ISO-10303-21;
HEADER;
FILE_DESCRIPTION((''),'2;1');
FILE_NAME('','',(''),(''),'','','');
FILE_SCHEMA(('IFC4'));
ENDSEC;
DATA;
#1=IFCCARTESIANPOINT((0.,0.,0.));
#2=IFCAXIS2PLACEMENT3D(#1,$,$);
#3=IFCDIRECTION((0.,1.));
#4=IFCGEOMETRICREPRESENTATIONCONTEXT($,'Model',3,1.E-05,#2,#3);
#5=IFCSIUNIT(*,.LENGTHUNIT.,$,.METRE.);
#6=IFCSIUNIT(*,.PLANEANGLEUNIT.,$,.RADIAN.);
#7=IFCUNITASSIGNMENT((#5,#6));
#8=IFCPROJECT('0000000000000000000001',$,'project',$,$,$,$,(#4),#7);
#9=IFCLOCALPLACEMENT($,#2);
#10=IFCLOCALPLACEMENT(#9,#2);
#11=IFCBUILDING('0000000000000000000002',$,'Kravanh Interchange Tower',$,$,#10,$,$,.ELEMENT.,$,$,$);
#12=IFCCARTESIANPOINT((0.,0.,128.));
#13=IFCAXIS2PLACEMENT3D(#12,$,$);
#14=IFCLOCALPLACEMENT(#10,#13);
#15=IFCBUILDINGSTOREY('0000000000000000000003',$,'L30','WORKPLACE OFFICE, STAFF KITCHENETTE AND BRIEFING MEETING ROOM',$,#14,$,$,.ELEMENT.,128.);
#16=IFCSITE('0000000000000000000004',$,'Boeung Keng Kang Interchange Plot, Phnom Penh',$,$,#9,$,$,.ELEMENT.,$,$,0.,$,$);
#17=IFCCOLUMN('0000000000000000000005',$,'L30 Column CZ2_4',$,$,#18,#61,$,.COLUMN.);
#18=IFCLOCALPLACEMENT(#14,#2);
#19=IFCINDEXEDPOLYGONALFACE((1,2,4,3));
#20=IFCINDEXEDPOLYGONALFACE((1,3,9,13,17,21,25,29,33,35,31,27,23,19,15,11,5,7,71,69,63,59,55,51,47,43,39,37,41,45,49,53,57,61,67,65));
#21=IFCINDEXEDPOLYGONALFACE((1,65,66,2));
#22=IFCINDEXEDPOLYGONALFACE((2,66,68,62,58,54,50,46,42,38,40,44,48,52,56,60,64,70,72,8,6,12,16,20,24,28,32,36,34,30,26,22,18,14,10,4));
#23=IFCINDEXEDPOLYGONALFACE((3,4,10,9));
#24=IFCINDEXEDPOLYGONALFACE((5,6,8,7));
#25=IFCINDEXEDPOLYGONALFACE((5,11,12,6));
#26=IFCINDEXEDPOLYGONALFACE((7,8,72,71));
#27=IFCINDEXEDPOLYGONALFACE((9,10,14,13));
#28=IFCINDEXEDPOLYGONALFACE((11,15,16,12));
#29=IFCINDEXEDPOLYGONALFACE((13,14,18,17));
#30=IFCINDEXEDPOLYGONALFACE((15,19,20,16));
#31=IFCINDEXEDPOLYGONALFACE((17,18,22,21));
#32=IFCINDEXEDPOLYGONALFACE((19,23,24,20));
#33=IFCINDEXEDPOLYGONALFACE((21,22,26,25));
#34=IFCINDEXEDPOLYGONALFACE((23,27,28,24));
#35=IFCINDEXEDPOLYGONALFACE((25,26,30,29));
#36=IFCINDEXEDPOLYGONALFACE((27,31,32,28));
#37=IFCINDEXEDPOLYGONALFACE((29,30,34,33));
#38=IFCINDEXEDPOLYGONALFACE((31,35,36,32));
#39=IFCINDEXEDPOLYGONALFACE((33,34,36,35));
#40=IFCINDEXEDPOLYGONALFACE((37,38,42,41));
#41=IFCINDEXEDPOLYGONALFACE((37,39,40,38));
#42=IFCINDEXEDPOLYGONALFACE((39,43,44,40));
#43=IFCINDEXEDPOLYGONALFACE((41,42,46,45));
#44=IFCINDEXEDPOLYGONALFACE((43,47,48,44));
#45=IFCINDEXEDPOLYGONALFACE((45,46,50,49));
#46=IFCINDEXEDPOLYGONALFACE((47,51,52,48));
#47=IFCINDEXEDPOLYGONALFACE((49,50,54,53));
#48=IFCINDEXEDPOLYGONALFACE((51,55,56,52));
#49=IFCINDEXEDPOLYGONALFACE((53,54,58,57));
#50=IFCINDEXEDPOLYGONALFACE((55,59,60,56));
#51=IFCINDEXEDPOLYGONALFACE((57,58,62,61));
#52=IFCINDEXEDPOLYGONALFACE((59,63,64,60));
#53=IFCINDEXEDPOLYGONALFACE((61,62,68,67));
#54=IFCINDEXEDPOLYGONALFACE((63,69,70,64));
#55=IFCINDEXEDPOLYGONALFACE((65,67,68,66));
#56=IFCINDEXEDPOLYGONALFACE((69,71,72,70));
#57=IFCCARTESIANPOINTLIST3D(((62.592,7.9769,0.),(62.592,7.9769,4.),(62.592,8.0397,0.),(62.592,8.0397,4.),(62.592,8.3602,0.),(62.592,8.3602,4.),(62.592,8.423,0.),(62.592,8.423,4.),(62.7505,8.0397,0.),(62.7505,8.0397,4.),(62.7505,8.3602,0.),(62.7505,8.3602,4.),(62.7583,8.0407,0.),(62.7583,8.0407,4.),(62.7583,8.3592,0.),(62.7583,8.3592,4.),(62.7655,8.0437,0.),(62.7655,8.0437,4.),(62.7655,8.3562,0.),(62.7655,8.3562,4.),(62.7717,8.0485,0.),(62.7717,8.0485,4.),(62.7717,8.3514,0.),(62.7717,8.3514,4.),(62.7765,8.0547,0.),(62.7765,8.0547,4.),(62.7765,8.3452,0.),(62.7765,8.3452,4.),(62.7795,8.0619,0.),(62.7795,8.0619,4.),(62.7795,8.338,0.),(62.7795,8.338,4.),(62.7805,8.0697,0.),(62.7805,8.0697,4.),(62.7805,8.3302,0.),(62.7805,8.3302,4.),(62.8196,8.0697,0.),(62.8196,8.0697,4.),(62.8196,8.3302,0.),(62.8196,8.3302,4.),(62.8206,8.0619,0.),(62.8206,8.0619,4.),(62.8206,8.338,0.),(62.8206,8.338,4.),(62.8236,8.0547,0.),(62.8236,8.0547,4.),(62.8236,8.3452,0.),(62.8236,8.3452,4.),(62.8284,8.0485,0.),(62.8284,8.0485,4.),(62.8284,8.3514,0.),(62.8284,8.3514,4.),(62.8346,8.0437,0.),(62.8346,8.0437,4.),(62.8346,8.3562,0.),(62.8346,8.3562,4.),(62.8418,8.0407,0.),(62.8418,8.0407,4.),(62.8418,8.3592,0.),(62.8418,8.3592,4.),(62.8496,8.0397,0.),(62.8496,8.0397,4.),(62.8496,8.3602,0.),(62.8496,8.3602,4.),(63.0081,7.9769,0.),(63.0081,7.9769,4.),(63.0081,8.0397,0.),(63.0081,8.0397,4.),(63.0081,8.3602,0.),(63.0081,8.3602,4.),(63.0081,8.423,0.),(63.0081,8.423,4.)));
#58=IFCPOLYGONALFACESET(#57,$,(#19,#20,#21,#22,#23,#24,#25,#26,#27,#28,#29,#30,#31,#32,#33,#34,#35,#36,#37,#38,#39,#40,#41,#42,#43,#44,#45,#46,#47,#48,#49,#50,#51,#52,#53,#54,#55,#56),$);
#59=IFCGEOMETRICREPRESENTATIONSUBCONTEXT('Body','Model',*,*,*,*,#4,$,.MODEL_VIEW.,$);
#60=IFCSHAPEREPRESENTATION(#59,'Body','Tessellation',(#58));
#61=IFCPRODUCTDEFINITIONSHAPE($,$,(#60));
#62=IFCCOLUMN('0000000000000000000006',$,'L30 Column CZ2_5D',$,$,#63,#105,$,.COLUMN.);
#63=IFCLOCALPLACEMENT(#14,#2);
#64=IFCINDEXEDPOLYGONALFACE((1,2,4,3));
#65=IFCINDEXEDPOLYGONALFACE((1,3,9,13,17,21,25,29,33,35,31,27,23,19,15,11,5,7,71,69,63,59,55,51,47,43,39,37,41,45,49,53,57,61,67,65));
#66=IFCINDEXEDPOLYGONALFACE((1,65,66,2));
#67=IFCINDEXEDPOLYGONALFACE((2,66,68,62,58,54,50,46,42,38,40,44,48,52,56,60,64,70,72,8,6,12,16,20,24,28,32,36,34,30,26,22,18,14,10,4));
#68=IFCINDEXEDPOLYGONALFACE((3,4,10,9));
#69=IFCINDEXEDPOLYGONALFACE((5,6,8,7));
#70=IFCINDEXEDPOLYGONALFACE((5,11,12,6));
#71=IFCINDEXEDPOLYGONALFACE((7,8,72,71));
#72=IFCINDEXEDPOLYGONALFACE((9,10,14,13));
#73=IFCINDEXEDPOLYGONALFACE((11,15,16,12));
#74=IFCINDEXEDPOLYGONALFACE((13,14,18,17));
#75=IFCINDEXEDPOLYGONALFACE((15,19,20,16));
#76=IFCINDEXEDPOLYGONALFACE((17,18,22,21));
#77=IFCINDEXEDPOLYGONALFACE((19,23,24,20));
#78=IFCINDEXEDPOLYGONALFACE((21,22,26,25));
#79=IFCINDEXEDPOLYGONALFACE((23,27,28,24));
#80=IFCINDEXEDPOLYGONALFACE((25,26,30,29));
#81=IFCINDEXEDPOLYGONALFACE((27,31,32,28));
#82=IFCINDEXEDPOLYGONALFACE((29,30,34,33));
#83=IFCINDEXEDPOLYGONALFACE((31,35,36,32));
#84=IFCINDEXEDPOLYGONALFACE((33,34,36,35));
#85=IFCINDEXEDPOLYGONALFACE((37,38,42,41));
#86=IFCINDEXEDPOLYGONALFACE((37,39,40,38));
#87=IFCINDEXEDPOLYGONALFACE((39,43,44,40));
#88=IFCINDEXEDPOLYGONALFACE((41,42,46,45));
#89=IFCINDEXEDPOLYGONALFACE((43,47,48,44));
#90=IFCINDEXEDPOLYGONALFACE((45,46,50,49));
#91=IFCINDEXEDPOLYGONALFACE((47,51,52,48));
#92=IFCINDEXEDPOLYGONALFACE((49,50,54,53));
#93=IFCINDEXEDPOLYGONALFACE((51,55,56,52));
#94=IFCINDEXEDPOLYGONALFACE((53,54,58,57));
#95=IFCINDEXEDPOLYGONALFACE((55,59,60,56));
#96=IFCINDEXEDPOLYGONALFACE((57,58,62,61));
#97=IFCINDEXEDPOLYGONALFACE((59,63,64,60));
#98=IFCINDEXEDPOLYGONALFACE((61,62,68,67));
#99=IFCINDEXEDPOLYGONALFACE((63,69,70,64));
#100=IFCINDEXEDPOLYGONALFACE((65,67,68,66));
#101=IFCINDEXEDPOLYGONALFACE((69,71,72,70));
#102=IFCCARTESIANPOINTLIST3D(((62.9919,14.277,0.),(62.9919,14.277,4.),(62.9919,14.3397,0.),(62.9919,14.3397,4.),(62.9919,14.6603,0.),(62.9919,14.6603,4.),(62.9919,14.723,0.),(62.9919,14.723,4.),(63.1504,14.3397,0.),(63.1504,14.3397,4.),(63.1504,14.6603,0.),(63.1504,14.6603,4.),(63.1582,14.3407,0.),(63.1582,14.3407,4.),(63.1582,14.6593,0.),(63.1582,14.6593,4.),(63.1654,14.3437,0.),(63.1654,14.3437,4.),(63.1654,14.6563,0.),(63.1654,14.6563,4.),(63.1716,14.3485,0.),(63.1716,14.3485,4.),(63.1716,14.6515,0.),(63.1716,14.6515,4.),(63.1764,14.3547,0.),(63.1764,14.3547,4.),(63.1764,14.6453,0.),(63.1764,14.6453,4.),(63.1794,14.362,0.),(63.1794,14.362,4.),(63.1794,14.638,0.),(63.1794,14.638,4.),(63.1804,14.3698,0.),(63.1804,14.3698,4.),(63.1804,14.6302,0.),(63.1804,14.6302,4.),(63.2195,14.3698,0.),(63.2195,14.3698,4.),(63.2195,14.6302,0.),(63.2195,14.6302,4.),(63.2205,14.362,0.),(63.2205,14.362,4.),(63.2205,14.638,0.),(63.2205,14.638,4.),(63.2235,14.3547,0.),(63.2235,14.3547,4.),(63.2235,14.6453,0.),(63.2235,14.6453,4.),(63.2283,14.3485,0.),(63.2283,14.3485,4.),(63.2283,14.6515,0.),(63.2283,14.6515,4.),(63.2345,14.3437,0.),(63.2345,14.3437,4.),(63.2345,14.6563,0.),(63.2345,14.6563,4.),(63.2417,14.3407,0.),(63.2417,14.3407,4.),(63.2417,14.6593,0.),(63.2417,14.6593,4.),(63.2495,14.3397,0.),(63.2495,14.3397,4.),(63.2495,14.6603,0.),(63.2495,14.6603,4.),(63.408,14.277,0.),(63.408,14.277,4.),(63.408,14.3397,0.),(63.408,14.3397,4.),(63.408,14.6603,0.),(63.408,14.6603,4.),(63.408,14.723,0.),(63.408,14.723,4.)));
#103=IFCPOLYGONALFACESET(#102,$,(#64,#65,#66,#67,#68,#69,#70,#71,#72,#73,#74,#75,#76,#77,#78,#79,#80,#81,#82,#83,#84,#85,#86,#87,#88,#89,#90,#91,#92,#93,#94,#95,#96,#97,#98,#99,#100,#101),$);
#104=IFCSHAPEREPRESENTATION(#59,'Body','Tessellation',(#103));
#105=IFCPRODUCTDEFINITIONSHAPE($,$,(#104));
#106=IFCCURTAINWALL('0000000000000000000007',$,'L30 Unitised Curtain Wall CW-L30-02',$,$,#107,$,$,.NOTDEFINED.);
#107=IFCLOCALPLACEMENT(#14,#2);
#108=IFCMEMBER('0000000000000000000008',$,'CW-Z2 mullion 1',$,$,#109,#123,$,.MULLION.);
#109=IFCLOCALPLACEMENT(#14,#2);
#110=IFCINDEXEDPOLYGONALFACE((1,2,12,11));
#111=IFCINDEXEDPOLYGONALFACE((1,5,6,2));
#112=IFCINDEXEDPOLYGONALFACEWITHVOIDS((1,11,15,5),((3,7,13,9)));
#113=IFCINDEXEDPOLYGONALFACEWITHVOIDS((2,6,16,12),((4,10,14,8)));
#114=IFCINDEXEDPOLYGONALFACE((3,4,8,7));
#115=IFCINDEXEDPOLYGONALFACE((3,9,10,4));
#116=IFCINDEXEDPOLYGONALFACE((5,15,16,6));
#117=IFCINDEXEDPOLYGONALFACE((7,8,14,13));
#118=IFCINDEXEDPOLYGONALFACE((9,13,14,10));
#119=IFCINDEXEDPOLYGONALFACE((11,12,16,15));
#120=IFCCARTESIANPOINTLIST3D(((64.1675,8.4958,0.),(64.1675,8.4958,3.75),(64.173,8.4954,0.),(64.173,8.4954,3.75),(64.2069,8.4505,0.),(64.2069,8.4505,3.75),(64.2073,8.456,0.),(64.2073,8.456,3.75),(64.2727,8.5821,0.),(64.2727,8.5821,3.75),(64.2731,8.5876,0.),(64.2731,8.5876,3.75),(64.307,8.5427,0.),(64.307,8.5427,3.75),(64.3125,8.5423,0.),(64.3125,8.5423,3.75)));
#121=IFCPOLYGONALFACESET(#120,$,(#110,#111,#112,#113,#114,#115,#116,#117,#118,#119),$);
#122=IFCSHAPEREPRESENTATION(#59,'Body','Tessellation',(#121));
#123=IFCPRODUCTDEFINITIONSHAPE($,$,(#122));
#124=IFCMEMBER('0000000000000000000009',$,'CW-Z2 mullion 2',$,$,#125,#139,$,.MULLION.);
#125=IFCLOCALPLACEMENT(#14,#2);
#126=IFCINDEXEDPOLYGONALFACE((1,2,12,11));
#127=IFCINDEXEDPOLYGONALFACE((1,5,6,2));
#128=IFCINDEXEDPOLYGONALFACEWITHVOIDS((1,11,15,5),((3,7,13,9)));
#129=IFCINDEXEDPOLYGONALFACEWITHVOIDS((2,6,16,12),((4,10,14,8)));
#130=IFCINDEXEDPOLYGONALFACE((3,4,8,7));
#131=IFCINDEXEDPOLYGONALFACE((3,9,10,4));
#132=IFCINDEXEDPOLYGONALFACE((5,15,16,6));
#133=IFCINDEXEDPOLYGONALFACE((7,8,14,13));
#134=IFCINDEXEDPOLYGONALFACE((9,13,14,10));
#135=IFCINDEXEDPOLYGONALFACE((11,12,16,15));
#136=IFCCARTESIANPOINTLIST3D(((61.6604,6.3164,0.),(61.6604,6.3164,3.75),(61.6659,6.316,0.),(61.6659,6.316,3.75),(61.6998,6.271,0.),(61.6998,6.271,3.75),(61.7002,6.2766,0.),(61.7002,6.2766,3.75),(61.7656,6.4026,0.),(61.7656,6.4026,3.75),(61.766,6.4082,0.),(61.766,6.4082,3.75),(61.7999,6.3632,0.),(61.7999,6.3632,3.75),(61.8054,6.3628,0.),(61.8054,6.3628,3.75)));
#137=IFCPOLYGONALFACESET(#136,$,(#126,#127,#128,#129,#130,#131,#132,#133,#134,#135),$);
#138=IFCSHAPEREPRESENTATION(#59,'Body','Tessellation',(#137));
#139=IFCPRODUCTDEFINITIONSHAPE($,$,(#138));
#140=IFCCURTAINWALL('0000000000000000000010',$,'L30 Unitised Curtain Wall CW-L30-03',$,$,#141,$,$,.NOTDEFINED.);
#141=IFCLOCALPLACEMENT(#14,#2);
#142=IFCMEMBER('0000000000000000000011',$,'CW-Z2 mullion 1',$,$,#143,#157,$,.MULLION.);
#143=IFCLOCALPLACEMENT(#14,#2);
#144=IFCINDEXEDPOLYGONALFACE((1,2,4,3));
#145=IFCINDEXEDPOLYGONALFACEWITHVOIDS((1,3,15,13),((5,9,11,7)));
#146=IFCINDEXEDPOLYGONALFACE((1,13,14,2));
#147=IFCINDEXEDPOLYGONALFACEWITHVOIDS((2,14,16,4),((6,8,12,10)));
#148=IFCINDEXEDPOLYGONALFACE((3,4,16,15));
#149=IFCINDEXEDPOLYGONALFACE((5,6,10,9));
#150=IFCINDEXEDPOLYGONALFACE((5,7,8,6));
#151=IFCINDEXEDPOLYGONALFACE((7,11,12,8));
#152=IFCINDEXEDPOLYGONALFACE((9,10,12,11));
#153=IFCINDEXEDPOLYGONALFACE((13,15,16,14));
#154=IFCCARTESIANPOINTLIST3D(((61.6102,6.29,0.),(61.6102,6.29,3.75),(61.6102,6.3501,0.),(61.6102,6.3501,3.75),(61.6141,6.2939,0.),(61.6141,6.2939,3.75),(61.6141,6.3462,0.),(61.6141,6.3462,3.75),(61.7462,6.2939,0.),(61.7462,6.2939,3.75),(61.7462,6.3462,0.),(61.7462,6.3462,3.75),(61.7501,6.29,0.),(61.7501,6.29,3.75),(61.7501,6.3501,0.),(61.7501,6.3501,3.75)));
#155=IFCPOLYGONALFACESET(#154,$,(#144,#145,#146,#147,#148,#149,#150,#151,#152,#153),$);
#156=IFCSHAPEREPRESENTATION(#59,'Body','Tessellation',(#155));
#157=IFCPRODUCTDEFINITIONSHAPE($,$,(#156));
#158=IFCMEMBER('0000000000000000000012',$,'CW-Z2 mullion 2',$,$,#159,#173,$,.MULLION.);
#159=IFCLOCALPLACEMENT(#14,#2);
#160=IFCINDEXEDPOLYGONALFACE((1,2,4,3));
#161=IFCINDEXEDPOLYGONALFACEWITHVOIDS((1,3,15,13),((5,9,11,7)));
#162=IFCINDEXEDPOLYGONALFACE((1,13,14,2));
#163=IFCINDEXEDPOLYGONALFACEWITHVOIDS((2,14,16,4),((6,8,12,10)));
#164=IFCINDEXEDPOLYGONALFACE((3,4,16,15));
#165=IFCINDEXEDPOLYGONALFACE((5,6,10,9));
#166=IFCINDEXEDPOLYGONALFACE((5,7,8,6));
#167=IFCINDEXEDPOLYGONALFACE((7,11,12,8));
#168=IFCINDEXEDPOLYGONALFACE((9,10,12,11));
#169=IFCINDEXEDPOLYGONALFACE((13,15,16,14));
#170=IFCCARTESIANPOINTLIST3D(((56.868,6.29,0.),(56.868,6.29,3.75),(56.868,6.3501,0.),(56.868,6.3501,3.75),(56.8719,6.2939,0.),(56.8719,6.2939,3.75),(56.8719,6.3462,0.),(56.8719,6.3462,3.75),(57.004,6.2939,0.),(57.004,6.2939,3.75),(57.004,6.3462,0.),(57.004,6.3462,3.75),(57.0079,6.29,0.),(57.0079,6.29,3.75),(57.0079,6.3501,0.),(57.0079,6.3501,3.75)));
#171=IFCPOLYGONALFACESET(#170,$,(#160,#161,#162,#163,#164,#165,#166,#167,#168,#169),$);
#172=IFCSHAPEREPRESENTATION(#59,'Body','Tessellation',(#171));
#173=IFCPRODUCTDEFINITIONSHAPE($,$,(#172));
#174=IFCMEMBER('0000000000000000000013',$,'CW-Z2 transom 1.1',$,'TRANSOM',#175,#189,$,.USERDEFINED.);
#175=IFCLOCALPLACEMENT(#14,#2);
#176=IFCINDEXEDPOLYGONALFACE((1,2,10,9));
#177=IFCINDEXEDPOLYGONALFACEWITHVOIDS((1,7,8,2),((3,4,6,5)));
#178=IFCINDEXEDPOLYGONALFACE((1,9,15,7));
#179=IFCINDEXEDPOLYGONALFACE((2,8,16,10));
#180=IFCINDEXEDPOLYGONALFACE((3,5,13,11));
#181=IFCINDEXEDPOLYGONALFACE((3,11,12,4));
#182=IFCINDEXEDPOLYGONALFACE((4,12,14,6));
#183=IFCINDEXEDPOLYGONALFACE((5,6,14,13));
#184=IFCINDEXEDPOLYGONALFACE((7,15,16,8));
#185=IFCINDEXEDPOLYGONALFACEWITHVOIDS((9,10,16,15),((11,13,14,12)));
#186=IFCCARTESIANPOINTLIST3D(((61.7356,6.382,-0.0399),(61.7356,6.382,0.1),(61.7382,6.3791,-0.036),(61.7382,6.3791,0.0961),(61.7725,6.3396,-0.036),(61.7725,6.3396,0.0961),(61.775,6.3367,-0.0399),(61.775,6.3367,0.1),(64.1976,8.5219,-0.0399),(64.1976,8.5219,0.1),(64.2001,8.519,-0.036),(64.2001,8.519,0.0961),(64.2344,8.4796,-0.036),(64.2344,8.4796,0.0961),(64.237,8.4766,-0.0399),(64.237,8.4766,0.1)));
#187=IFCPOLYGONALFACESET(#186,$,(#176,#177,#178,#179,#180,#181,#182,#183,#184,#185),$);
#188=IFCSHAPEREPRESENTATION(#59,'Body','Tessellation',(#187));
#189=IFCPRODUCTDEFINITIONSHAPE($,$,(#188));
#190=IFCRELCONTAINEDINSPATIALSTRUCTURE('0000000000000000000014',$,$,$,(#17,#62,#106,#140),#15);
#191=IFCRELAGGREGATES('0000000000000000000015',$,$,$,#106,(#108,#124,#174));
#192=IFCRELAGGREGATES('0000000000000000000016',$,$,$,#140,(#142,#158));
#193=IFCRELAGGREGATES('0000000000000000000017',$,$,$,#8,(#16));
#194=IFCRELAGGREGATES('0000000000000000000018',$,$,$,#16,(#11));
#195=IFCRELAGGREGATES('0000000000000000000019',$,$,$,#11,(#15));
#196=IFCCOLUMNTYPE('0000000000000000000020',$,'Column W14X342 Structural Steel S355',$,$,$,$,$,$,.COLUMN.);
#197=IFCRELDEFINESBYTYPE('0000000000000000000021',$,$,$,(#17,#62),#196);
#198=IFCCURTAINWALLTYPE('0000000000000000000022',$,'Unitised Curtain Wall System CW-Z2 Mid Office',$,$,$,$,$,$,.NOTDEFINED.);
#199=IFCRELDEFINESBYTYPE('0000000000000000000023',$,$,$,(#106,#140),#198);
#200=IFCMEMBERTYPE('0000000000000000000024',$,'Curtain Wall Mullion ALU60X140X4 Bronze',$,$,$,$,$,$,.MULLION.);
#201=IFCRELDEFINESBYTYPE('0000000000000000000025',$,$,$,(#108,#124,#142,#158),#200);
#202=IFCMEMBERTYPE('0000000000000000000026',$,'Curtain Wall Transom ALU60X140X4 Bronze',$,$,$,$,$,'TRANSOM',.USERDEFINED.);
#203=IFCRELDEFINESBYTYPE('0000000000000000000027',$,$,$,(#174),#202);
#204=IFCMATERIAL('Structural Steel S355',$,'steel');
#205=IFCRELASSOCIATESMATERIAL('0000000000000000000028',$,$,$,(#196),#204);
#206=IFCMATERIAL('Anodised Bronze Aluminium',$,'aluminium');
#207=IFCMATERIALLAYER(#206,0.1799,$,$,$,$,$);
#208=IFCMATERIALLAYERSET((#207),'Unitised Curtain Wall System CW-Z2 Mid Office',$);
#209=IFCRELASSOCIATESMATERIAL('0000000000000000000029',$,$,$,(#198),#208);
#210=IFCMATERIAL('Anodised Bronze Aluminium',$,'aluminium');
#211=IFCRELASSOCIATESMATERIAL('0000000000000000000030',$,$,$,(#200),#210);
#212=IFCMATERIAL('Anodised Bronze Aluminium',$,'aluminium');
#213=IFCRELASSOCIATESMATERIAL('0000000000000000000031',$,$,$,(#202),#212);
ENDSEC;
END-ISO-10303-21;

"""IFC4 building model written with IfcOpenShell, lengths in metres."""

from ifc_helpers import new_model, si_unit, direction, frame, origin, origin_2d, place, context, subcontext, project, spatial, hollow_rectangle, i_section, extrude, material, layer, layer_set, material_profile, profile_set, type_object, element, aggregate, save


model = new_model("IFC4")

# Units and contexts
model_context = context("Model", 3, precision=1e-05, world=origin(), true_north=direction((0.0, 1.0)))
body_context = subcontext(model_context, "Body", "Model", "MODEL_VIEW")
ifc_project = project(units=[si_unit("LENGTHUNIT", "METRE"), si_unit("PLANEANGLEUNIT", "RADIAN")], contexts=[model_context])

# Site, building, storey
site_placement = place(None, origin())
site = spatial("IfcSite", under=ifc_project, at=site_placement, Name="Boeung Keng Kang Interchange Plot, Phnom Penh", CompositionType="ELEMENT", RefElevation=0.0)
building_placement = place(site_placement, origin())
building = spatial("IfcBuilding", under=site, at=building_placement, Name="Kravanh Interchange Tower", CompositionType="ELEMENT")
storey_placement = place(building_placement, frame((0.0, 0.0, 128.0)))
storey = spatial("IfcBuildingStorey", under=building, at=storey_placement, Name="L30", Description="WORKPLACE OFFICE, STAFF KITCHENETTE AND BRIEFING MEETING ROOM", CompositionType="ELEMENT", Elevation=128.0)

# Columns
ifc_material_1 = material(Name="Structural Steel S355", Category="steel")
ifc_material_profile_1 = material_profile(ifc_material_1, i_section(OverallWidth=0.416, OverallDepth=0.446, WebThickness=0.0391, FlangeThickness=0.0627, FilletRadius=0.03, at=origin_2d()), Name="W14X342")
ifc_profile_set_1 = profile_set([ifc_material_profile_1], Name="Structural Steel S355")
column_type = type_object("IfcColumnType", Name="Column W14X342 Structural Steel S355", PredefinedType="COLUMN", material=ifc_profile_set_1)
for number, where, z_axis, x_axis, name in (
    (1, (62.8, 8.2, 0.0), (0.0, 0.0, 1.0), (1.0, 0.0, 0.0), "L30 Column CZ2_4"),
    (2, (63.2, 14.5, 0.0), (0.0, 0.0, 1.0), (1.0, 0.0, 0.0), "L30 Column CZ2_5D"),
):
    element("IfcColumn", number, at=place(storey_placement, frame(where, z_axis=z_axis, x_axis=x_axis)), inside=storey, type_object=column_type, Name=name, PredefinedType="COLUMN", context=body_context, shape_type="SweptSolid", body=[
        extrude(i_section(OverallWidth=0.416, OverallDepth=0.446, WebThickness=0.0391, FlangeThickness=0.0627, FilletRadius=0.03, at=origin_2d()), origin(), (0.0, 0.0, 1.0), 4.0),
    ])

# Curtain walls, members
ifc_material_2 = material(Name="Anodised Bronze Aluminium", Category="aluminium")
ifc_layer_1 = layer(ifc_material_2, 0.1799)
ifc_layer_set_1 = layer_set([ifc_layer_1], Name="Unitised Curtain Wall System CW-Z2 Mid Office")
curtain_wall_type = type_object("IfcCurtainWallType", Name="Unitised Curtain Wall System CW-Z2 Mid Office", PredefinedType="NOTDEFINED", material=ifc_layer_set_1)
curtain_wall_1_placement = place(storey_placement, origin())
curtain_wall_1 = element("IfcCurtainWall", 3, at=curtain_wall_1_placement, inside=storey, type_object=curtain_wall_type, Name="L30 Unitised Curtain Wall CW-L30-02", PredefinedType="NOTDEFINED")
ifc_material_3 = material(Name="Anodised Bronze Aluminium", Category="aluminium")
ifc_material_profile_2 = material_profile(ifc_material_3, hollow_rectangle(XDim=0.0601, YDim=0.1399, WallThickness=0.0039, at=origin_2d()), Name="ALU60X140X4")
ifc_profile_set_2 = profile_set([ifc_material_profile_2], Name="Anodised Bronze Aluminium")
member_type_1 = type_object("IfcMemberType", Name="Curtain Wall Mullion ALU60X140X4 Bronze", PredefinedType="MULLION", material=ifc_profile_set_2)
member_1_placement = place(storey_placement, frame((64.24, 8.519, 0.0), z_axis=(0.0, 0.0, 1.0), x_axis=(0.656048, -0.754719, 0.0)))
member_1 = element("IfcMember", 4, at=member_1_placement, type_object=member_type_1, Name="CW-Z2 mullion 1", PredefinedType="MULLION", context=body_context, shape_type="SweptSolid", body=[
    extrude(hollow_rectangle(XDim=0.0601, YDim=0.1399, WallThickness=0.0039, at=origin_2d()), origin(), (0.0, 0.0, 1.0), 3.75),
])
member_2_placement = place(storey_placement, frame((61.7329, 6.3396, 0.0), z_axis=(0.0, 0.0, 1.0), x_axis=(0.656048, -0.754719, 0.0)))
member_2 = element("IfcMember", 5, at=member_2_placement, type_object=member_type_1, Name="CW-Z2 mullion 2", PredefinedType="MULLION", context=body_context, shape_type="SweptSolid", body=[
    extrude(hollow_rectangle(XDim=0.0601, YDim=0.1399, WallThickness=0.0039, at=origin_2d()), origin(), (0.0, 0.0, 1.0), 3.75),
])
curtain_wall_2_placement = place(storey_placement, origin())
curtain_wall_2 = element("IfcCurtainWall", 6, at=curtain_wall_2_placement, inside=storey, type_object=curtain_wall_type, Name="L30 Unitised Curtain Wall CW-L30-03", PredefinedType="NOTDEFINED")
member_3_placement = place(storey_placement, frame((61.6802, 6.3201, 0.0), z_axis=(0.0, 0.0, 1.0), x_axis=(0.0, -1.0, 0.0)))
member_3 = element("IfcMember", 7, at=member_3_placement, type_object=member_type_1, Name="CW-Z2 mullion 1", PredefinedType="MULLION", context=body_context, shape_type="SweptSolid", body=[
    extrude(hollow_rectangle(XDim=0.0601, YDim=0.1399, WallThickness=0.0039, at=origin_2d()), origin(), (0.0, 0.0, 1.0), 3.75),
])
member_4_placement = place(storey_placement, frame((56.938, 6.3201, 0.0), z_axis=(0.0, 0.0, 1.0), x_axis=(0.0, -1.0, 0.0)))
member_4 = element("IfcMember", 8, at=member_4_placement, type_object=member_type_1, Name="CW-Z2 mullion 2", PredefinedType="MULLION", context=body_context, shape_type="SweptSolid", body=[
    extrude(hollow_rectangle(XDim=0.0601, YDim=0.1399, WallThickness=0.0039, at=origin_2d()), origin(), (0.0, 0.0, 1.0), 3.75),
])

# Member
ifc_material_4 = material(Name="Anodised Bronze Aluminium", Category="aluminium")
ifc_material_profile_3 = material_profile(ifc_material_4, hollow_rectangle(XDim=0.0601, YDim=0.1399, WallThickness=0.0039, at=origin_2d()), Name="ALU60X140X4")
ifc_profile_set_3 = profile_set([ifc_material_profile_3], Name="Anodised Bronze Aluminium")
member_type_2 = type_object("IfcMemberType", Name="Curtain Wall Transom ALU60X140X4 Bronze", ElementType="TRANSOM", PredefinedType="USERDEFINED", material=ifc_profile_set_3)
member_5_placement = place(storey_placement, frame((64.2173, 8.4993, 0.03), z_axis=(-0.754742, -0.656021, 0.0), x_axis=(0.656021, -0.754742, 0.0)))
member_5 = element("IfcMember", 9, at=member_5_placement, type_object=member_type_2, Name="CW-Z2 transom 1.1", ObjectType="TRANSOM", PredefinedType="USERDEFINED", context=body_context, shape_type="SweptSolid", body=[
    extrude(hollow_rectangle(XDim=0.0601, YDim=0.1399, WallThickness=0.0039, at=origin_2d()), origin(), (0.0, 0.0, 1.0), 3.262),
])

aggregate(curtain_wall_1, [member_1, member_2, member_5])
aggregate(curtain_wall_2, [member_3, member_4])

save(model, "model.ifc")
